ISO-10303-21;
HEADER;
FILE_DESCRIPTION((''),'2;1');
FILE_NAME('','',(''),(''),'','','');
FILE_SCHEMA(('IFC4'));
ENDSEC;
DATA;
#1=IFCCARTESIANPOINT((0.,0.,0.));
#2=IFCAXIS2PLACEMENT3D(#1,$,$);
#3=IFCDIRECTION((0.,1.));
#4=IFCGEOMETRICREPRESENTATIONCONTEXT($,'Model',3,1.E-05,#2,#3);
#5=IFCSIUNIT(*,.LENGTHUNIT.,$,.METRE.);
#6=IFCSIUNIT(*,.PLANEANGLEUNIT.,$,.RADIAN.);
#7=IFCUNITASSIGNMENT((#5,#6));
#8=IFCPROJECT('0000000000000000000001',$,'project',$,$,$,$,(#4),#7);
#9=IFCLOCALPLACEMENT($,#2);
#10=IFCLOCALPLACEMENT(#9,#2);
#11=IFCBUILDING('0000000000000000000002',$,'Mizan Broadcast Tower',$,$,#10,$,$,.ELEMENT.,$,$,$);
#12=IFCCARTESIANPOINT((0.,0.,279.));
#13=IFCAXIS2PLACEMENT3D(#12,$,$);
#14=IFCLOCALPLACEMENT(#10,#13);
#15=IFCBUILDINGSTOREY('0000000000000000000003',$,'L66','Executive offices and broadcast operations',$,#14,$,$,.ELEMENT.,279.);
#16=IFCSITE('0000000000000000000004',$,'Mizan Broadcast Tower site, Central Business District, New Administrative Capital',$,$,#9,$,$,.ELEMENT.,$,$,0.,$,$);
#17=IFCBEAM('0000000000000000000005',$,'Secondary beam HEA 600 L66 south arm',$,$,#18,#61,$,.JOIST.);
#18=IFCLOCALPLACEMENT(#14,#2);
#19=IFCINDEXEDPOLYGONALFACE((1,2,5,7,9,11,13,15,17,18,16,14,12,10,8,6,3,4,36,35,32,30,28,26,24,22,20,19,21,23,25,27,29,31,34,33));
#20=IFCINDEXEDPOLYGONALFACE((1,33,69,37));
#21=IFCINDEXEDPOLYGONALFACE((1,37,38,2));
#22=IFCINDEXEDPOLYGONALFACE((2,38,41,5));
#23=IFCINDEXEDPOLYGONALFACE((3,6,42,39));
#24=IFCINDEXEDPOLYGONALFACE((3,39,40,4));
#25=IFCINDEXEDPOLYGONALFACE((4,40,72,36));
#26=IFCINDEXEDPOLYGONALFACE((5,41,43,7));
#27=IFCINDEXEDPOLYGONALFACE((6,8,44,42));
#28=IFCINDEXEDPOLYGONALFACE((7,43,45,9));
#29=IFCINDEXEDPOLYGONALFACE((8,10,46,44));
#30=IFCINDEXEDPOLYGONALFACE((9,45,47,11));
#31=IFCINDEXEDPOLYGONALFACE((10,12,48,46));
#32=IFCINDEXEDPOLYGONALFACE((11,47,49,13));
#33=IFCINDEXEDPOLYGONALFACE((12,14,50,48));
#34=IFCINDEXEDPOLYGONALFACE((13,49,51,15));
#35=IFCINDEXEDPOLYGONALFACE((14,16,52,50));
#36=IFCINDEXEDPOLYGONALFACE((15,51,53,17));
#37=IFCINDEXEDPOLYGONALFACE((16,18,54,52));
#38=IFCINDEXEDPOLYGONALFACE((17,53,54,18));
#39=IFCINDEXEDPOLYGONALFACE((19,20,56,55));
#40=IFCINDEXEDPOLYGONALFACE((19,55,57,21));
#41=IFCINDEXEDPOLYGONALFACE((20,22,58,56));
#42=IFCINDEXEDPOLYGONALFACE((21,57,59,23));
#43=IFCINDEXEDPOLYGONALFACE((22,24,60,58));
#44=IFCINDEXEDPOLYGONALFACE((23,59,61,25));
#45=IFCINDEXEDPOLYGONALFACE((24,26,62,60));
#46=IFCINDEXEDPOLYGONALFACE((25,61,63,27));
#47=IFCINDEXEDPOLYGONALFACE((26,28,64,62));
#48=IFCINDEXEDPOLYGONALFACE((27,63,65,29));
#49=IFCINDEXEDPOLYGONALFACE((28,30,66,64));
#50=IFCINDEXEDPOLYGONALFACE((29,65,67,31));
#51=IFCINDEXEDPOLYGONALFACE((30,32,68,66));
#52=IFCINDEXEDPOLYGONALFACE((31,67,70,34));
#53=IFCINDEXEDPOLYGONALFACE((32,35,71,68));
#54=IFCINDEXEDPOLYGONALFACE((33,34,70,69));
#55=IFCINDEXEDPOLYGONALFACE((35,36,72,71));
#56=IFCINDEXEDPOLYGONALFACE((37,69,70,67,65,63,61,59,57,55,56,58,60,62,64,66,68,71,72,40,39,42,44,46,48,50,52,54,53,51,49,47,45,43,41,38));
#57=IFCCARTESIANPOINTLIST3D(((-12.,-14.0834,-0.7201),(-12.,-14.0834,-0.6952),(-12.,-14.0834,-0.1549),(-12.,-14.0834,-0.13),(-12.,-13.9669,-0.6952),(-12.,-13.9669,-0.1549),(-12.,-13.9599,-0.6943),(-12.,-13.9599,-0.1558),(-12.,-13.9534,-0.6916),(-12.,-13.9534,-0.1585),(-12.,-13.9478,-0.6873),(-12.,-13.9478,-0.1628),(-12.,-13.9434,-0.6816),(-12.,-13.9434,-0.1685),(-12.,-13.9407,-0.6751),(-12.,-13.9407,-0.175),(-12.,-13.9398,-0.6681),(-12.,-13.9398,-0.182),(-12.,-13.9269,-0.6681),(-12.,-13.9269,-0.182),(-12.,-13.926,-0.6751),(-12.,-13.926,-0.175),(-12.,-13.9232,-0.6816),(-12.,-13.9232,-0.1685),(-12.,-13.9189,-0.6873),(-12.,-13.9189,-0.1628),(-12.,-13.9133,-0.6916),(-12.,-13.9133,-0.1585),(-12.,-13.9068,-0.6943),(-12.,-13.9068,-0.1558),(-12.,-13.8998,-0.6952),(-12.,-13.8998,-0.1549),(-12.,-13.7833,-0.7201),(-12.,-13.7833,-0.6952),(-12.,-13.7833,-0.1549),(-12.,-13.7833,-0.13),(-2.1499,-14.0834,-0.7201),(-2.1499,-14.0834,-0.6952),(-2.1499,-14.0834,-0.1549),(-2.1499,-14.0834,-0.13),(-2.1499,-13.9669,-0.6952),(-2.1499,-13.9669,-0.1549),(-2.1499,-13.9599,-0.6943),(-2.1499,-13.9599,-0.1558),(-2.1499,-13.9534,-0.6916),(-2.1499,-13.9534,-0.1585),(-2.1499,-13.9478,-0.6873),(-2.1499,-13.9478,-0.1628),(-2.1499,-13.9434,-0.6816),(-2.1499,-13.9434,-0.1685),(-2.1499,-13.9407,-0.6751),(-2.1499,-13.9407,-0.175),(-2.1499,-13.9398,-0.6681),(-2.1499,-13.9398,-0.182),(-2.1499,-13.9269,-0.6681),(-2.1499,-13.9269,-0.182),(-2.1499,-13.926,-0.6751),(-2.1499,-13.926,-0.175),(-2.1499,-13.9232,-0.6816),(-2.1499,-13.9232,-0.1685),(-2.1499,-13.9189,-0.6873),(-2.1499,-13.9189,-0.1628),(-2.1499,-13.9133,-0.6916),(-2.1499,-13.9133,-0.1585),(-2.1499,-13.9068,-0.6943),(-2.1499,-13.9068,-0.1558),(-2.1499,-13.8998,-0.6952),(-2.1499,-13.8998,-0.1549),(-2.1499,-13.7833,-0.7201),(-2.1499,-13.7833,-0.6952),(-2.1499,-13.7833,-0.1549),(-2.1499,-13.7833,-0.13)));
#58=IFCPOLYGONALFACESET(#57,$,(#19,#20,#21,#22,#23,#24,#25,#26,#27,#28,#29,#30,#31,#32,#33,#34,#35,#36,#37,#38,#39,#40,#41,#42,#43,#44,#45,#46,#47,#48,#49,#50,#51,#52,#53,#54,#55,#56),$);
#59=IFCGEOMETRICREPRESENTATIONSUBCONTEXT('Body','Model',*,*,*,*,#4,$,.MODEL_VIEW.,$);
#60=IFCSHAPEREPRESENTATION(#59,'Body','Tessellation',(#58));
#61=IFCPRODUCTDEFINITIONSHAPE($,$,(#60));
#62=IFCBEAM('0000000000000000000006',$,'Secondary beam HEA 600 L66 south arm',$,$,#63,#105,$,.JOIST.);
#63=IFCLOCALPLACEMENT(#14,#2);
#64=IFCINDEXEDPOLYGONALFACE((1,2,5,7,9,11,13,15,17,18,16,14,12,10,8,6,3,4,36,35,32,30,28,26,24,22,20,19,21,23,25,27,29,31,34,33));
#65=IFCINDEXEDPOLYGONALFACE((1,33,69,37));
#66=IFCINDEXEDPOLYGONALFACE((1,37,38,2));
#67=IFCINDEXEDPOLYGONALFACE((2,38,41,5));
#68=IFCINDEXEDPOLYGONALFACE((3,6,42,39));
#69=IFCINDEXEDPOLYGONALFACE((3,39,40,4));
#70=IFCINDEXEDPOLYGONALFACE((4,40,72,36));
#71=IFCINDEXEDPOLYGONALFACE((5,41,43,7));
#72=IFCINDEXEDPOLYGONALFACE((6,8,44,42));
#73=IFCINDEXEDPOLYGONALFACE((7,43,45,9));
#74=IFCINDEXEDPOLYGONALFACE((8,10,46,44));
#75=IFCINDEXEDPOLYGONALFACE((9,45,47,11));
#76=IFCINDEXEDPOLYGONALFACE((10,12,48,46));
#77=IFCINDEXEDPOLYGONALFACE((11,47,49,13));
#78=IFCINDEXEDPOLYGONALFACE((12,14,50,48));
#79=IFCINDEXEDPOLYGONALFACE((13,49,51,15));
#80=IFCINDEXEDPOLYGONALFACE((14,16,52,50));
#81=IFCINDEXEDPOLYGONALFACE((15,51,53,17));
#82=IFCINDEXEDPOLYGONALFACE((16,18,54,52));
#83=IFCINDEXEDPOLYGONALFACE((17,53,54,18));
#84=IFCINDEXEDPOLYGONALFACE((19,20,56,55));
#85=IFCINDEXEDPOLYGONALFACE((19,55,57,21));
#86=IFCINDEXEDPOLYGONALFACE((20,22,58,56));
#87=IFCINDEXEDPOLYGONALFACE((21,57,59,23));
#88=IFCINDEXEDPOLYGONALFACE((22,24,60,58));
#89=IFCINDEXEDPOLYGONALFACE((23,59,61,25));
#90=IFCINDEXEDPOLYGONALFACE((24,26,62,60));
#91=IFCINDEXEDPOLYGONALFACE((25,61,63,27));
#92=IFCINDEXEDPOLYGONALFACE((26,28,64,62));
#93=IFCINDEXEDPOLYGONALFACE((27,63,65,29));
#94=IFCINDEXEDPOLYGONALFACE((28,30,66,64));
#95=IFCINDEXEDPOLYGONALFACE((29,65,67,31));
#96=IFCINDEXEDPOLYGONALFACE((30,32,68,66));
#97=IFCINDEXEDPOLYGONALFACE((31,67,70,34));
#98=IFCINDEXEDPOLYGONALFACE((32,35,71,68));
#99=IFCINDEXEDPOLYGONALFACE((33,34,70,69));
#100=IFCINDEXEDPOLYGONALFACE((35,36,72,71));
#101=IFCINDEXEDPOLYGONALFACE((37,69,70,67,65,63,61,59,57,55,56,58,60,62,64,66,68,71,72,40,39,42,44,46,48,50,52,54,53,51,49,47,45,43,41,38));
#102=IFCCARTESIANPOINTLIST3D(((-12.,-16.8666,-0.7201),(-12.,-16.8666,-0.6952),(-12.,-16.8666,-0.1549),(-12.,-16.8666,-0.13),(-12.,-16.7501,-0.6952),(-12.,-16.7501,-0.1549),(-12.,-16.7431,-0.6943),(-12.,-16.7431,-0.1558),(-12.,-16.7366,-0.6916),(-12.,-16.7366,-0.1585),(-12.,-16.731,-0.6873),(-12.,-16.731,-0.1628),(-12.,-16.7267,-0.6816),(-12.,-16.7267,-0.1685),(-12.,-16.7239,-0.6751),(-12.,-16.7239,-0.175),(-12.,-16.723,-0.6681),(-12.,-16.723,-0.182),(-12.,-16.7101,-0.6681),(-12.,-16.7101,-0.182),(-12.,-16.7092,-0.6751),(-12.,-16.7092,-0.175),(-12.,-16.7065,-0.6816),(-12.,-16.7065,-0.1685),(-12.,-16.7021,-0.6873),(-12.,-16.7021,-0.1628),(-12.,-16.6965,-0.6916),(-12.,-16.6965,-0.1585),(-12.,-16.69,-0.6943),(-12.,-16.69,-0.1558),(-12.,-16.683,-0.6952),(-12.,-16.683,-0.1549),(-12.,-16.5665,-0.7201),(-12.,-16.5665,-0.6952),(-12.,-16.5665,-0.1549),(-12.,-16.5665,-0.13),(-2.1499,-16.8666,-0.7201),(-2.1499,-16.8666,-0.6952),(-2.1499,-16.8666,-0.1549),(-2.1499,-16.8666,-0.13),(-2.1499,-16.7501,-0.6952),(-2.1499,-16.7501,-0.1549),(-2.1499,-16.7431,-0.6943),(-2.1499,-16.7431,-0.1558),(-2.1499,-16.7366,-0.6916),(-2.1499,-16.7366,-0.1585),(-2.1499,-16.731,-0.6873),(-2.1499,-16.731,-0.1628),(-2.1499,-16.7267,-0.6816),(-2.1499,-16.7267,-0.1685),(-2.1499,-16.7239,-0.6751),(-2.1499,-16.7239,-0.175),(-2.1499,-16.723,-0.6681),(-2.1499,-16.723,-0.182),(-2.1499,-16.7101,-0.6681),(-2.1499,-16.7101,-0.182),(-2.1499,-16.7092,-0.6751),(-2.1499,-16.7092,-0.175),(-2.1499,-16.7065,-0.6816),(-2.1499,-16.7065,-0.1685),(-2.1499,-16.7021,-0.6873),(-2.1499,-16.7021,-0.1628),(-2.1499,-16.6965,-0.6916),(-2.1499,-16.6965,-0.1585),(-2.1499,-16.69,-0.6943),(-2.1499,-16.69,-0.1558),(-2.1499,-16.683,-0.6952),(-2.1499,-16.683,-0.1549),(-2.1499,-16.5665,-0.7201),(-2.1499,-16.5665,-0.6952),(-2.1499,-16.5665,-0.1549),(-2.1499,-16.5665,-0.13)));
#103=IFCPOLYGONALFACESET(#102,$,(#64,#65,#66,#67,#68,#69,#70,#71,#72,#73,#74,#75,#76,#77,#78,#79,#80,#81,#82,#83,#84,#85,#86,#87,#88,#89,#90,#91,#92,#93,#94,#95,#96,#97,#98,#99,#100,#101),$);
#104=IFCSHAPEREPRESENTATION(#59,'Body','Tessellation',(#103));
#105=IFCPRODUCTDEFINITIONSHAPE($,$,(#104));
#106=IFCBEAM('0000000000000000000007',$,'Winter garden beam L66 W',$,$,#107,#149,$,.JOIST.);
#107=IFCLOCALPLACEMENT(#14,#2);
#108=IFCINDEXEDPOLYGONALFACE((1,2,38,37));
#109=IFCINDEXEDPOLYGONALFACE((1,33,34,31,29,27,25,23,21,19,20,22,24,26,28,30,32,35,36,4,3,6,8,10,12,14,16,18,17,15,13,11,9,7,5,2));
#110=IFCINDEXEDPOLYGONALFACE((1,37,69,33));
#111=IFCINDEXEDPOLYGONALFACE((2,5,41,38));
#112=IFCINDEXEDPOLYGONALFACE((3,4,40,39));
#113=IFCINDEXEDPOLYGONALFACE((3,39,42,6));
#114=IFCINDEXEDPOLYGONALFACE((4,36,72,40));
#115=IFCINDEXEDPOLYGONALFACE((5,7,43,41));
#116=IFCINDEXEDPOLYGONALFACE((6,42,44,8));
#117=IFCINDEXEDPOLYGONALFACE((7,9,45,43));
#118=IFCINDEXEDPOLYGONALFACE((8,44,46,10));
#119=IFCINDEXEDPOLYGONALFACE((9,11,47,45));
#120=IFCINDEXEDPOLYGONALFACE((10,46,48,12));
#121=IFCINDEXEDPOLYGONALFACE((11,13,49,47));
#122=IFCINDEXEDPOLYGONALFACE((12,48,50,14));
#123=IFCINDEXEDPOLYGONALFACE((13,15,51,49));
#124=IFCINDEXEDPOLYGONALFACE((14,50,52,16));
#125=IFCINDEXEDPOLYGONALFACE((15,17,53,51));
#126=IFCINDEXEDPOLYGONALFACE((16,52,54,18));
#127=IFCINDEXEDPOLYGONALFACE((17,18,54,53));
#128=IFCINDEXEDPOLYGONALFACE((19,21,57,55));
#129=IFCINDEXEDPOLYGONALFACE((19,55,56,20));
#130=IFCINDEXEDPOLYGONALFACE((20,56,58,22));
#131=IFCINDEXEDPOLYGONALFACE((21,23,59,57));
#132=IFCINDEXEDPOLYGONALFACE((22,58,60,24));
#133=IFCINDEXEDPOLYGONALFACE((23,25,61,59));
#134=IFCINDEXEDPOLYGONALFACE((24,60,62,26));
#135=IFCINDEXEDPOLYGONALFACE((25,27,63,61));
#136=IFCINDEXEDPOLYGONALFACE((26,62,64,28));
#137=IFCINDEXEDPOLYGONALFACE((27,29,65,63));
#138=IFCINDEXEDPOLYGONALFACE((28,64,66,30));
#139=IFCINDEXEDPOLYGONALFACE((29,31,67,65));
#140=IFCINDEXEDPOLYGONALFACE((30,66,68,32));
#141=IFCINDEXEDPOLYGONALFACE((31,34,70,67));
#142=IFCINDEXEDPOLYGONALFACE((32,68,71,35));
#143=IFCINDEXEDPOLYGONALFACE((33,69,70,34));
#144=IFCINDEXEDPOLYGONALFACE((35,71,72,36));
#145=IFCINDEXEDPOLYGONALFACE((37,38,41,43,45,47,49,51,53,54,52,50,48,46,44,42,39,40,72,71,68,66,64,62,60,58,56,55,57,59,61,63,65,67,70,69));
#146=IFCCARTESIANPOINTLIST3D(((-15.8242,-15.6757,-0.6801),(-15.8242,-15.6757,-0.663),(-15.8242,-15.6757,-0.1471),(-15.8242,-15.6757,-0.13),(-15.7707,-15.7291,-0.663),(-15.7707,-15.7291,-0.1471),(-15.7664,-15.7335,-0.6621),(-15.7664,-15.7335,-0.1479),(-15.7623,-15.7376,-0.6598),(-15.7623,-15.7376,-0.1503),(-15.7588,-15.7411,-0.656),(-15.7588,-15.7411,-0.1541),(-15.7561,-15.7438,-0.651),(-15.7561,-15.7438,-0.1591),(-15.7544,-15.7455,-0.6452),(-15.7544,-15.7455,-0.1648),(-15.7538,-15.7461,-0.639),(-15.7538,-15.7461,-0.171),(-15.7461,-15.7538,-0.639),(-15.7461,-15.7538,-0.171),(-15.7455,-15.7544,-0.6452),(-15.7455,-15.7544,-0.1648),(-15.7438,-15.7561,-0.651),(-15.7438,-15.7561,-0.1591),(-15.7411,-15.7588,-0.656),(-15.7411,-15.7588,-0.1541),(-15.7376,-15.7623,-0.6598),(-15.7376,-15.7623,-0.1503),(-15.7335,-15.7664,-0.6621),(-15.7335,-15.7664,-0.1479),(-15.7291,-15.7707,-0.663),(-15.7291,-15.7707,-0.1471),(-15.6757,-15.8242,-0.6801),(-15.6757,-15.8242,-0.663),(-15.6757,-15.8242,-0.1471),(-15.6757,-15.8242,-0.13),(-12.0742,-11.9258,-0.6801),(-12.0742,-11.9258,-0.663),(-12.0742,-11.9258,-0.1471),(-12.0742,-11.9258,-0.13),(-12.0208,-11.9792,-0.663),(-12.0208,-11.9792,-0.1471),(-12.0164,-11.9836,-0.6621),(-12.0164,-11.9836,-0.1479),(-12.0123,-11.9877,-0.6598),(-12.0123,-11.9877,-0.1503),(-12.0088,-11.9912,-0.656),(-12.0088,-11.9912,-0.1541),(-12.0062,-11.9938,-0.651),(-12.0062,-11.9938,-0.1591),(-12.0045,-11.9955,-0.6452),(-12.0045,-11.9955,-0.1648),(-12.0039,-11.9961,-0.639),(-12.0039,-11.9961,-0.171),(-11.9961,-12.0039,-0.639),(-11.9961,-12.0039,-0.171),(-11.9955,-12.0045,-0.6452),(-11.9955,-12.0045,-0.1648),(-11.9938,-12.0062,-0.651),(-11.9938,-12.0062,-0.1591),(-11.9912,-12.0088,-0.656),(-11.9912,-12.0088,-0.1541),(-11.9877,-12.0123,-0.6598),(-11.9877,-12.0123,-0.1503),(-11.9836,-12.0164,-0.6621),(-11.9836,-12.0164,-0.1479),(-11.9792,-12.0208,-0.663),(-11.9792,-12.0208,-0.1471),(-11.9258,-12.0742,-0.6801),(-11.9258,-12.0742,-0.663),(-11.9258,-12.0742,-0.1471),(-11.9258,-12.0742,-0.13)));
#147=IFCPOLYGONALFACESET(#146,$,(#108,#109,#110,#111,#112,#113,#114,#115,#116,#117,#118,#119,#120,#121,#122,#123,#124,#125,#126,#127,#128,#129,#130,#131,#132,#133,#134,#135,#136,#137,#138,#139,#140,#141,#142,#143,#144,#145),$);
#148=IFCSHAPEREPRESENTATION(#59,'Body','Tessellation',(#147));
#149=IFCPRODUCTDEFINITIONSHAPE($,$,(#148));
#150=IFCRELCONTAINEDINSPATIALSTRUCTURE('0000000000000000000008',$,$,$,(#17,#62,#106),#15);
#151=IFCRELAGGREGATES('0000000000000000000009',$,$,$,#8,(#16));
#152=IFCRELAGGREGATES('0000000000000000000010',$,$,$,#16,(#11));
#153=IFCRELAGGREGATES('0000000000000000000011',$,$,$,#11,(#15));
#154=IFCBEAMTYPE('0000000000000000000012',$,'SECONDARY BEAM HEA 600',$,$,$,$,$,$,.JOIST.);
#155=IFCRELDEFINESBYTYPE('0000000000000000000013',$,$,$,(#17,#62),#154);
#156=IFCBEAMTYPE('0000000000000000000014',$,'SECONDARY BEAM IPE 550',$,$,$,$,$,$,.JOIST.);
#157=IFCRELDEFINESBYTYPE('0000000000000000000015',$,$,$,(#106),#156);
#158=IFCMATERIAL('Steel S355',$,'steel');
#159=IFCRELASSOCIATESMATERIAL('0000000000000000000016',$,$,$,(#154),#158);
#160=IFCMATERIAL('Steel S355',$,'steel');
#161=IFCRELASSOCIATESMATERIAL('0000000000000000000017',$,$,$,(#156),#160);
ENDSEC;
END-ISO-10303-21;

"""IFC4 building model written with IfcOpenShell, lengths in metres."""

from ifc_helpers import new_model, si_unit, direction, frame, origin, origin_2d, place, context, subcontext, project, spatial, i_section, extrude, material, material_profile, profile_set, type_object, element, save


model = new_model("IFC4")

# Units and contexts
model_context = context("Model", 3, precision=1e-05, world=origin(), true_north=direction((0.0, 1.0)))
body_context = subcontext(model_context, "Body", "Model", "MODEL_VIEW")
ifc_project = project(units=[si_unit("LENGTHUNIT", "METRE"), si_unit("PLANEANGLEUNIT", "RADIAN")], contexts=[model_context])

# Site, building, storey
site_placement = place(None, origin())
site = spatial("IfcSite", under=ifc_project, at=site_placement, Name="Mizan Broadcast Tower site, Central Business District, New Administrative Capital", CompositionType="ELEMENT", RefElevation=0.0)
building_placement = place(site_placement, origin())
building = spatial("IfcBuilding", under=site, at=building_placement, Name="Mizan Broadcast Tower", CompositionType="ELEMENT")
storey_placement = place(building_placement, frame((0.0, 0.0, 279.0)))
storey = spatial("IfcBuildingStorey", under=building, at=storey_placement, Name="L66", Description="Executive offices and broadcast operations", CompositionType="ELEMENT", Elevation=279.0)

# Beams
ifc_material_1 = material(Name="Steel S355", Category="steel")
ifc_material_profile_1 = material_profile(ifc_material_1, i_section(OverallWidth=0.3, OverallDepth=0.5901, WebThickness=0.0129, FlangeThickness=0.0249, FilletRadius=0.0271, at=origin_2d()), Name="HEA 600")
ifc_profile_set_1 = profile_set([ifc_material_profile_1], Name="Steel S355")
beam_type_1 = type_object("IfcBeamType", Name="SECONDARY BEAM HEA 600", PredefinedType="JOIST", material=ifc_profile_set_1)
for number, where, z_axis, x_axis, name in (
    (1, (-12.0, -13.9333, -0.425), (1.0, 0.0, 0.0), (0.0, 1.0, 0.0), "Secondary beam HEA 600 L66 south arm"),
    (2, (-12.0, -16.7166, -0.425), (1.0, 0.0, 0.0), (0.0, 1.0, 0.0), "Secondary beam HEA 600 L66 south arm"),
):
    element("IfcBeam", number, at=place(storey_placement, frame(where, z_axis=z_axis, x_axis=x_axis)), inside=storey, type_object=beam_type_1, Name=name, PredefinedType="JOIST", context=body_context, shape_type="SweptSolid", body=[
        extrude(i_section(OverallWidth=0.3, OverallDepth=0.5901, WebThickness=0.0129, FlangeThickness=0.0249, FilletRadius=0.0271, at=origin_2d()), origin(), (0.0, 0.0, 1.0), 9.8501),
    ])
ifc_material_2 = material(Name="Steel S355", Category="steel")
ifc_material_profile_2 = material_profile(ifc_material_2, i_section(OverallWidth=0.21, OverallDepth=0.55, WebThickness=0.011, FlangeThickness=0.0171, FilletRadius=0.0239, at=origin_2d()), Name="IPE 550")
ifc_profile_set_2 = profile_set([ifc_material_profile_2], Name="Steel S355")
beam_type_2 = type_object("IfcBeamType", Name="SECONDARY BEAM IPE 550", PredefinedType="JOIST", material=ifc_profile_set_2)
beam_1_placement = place(storey_placement, frame((-12.0, -12.0, -0.405), z_axis=(-0.707107, -0.707107, 0.0), x_axis=(0.707107, -0.707107, 0.0)))
element("IfcBeam", 3, at=beam_1_placement, inside=storey, type_object=beam_type_2, Name="Winter garden beam L66 W", PredefinedType="JOIST", context=body_context, shape_type="SweptSolid", body=[
    extrude(i_section(OverallWidth=0.21, OverallDepth=0.55, WebThickness=0.011, FlangeThickness=0.0171, FilletRadius=0.0239, at=origin_2d()), origin(), (0.0, 0.0, 1.0), 5.3032),
])

save(model, "model.ifc")
